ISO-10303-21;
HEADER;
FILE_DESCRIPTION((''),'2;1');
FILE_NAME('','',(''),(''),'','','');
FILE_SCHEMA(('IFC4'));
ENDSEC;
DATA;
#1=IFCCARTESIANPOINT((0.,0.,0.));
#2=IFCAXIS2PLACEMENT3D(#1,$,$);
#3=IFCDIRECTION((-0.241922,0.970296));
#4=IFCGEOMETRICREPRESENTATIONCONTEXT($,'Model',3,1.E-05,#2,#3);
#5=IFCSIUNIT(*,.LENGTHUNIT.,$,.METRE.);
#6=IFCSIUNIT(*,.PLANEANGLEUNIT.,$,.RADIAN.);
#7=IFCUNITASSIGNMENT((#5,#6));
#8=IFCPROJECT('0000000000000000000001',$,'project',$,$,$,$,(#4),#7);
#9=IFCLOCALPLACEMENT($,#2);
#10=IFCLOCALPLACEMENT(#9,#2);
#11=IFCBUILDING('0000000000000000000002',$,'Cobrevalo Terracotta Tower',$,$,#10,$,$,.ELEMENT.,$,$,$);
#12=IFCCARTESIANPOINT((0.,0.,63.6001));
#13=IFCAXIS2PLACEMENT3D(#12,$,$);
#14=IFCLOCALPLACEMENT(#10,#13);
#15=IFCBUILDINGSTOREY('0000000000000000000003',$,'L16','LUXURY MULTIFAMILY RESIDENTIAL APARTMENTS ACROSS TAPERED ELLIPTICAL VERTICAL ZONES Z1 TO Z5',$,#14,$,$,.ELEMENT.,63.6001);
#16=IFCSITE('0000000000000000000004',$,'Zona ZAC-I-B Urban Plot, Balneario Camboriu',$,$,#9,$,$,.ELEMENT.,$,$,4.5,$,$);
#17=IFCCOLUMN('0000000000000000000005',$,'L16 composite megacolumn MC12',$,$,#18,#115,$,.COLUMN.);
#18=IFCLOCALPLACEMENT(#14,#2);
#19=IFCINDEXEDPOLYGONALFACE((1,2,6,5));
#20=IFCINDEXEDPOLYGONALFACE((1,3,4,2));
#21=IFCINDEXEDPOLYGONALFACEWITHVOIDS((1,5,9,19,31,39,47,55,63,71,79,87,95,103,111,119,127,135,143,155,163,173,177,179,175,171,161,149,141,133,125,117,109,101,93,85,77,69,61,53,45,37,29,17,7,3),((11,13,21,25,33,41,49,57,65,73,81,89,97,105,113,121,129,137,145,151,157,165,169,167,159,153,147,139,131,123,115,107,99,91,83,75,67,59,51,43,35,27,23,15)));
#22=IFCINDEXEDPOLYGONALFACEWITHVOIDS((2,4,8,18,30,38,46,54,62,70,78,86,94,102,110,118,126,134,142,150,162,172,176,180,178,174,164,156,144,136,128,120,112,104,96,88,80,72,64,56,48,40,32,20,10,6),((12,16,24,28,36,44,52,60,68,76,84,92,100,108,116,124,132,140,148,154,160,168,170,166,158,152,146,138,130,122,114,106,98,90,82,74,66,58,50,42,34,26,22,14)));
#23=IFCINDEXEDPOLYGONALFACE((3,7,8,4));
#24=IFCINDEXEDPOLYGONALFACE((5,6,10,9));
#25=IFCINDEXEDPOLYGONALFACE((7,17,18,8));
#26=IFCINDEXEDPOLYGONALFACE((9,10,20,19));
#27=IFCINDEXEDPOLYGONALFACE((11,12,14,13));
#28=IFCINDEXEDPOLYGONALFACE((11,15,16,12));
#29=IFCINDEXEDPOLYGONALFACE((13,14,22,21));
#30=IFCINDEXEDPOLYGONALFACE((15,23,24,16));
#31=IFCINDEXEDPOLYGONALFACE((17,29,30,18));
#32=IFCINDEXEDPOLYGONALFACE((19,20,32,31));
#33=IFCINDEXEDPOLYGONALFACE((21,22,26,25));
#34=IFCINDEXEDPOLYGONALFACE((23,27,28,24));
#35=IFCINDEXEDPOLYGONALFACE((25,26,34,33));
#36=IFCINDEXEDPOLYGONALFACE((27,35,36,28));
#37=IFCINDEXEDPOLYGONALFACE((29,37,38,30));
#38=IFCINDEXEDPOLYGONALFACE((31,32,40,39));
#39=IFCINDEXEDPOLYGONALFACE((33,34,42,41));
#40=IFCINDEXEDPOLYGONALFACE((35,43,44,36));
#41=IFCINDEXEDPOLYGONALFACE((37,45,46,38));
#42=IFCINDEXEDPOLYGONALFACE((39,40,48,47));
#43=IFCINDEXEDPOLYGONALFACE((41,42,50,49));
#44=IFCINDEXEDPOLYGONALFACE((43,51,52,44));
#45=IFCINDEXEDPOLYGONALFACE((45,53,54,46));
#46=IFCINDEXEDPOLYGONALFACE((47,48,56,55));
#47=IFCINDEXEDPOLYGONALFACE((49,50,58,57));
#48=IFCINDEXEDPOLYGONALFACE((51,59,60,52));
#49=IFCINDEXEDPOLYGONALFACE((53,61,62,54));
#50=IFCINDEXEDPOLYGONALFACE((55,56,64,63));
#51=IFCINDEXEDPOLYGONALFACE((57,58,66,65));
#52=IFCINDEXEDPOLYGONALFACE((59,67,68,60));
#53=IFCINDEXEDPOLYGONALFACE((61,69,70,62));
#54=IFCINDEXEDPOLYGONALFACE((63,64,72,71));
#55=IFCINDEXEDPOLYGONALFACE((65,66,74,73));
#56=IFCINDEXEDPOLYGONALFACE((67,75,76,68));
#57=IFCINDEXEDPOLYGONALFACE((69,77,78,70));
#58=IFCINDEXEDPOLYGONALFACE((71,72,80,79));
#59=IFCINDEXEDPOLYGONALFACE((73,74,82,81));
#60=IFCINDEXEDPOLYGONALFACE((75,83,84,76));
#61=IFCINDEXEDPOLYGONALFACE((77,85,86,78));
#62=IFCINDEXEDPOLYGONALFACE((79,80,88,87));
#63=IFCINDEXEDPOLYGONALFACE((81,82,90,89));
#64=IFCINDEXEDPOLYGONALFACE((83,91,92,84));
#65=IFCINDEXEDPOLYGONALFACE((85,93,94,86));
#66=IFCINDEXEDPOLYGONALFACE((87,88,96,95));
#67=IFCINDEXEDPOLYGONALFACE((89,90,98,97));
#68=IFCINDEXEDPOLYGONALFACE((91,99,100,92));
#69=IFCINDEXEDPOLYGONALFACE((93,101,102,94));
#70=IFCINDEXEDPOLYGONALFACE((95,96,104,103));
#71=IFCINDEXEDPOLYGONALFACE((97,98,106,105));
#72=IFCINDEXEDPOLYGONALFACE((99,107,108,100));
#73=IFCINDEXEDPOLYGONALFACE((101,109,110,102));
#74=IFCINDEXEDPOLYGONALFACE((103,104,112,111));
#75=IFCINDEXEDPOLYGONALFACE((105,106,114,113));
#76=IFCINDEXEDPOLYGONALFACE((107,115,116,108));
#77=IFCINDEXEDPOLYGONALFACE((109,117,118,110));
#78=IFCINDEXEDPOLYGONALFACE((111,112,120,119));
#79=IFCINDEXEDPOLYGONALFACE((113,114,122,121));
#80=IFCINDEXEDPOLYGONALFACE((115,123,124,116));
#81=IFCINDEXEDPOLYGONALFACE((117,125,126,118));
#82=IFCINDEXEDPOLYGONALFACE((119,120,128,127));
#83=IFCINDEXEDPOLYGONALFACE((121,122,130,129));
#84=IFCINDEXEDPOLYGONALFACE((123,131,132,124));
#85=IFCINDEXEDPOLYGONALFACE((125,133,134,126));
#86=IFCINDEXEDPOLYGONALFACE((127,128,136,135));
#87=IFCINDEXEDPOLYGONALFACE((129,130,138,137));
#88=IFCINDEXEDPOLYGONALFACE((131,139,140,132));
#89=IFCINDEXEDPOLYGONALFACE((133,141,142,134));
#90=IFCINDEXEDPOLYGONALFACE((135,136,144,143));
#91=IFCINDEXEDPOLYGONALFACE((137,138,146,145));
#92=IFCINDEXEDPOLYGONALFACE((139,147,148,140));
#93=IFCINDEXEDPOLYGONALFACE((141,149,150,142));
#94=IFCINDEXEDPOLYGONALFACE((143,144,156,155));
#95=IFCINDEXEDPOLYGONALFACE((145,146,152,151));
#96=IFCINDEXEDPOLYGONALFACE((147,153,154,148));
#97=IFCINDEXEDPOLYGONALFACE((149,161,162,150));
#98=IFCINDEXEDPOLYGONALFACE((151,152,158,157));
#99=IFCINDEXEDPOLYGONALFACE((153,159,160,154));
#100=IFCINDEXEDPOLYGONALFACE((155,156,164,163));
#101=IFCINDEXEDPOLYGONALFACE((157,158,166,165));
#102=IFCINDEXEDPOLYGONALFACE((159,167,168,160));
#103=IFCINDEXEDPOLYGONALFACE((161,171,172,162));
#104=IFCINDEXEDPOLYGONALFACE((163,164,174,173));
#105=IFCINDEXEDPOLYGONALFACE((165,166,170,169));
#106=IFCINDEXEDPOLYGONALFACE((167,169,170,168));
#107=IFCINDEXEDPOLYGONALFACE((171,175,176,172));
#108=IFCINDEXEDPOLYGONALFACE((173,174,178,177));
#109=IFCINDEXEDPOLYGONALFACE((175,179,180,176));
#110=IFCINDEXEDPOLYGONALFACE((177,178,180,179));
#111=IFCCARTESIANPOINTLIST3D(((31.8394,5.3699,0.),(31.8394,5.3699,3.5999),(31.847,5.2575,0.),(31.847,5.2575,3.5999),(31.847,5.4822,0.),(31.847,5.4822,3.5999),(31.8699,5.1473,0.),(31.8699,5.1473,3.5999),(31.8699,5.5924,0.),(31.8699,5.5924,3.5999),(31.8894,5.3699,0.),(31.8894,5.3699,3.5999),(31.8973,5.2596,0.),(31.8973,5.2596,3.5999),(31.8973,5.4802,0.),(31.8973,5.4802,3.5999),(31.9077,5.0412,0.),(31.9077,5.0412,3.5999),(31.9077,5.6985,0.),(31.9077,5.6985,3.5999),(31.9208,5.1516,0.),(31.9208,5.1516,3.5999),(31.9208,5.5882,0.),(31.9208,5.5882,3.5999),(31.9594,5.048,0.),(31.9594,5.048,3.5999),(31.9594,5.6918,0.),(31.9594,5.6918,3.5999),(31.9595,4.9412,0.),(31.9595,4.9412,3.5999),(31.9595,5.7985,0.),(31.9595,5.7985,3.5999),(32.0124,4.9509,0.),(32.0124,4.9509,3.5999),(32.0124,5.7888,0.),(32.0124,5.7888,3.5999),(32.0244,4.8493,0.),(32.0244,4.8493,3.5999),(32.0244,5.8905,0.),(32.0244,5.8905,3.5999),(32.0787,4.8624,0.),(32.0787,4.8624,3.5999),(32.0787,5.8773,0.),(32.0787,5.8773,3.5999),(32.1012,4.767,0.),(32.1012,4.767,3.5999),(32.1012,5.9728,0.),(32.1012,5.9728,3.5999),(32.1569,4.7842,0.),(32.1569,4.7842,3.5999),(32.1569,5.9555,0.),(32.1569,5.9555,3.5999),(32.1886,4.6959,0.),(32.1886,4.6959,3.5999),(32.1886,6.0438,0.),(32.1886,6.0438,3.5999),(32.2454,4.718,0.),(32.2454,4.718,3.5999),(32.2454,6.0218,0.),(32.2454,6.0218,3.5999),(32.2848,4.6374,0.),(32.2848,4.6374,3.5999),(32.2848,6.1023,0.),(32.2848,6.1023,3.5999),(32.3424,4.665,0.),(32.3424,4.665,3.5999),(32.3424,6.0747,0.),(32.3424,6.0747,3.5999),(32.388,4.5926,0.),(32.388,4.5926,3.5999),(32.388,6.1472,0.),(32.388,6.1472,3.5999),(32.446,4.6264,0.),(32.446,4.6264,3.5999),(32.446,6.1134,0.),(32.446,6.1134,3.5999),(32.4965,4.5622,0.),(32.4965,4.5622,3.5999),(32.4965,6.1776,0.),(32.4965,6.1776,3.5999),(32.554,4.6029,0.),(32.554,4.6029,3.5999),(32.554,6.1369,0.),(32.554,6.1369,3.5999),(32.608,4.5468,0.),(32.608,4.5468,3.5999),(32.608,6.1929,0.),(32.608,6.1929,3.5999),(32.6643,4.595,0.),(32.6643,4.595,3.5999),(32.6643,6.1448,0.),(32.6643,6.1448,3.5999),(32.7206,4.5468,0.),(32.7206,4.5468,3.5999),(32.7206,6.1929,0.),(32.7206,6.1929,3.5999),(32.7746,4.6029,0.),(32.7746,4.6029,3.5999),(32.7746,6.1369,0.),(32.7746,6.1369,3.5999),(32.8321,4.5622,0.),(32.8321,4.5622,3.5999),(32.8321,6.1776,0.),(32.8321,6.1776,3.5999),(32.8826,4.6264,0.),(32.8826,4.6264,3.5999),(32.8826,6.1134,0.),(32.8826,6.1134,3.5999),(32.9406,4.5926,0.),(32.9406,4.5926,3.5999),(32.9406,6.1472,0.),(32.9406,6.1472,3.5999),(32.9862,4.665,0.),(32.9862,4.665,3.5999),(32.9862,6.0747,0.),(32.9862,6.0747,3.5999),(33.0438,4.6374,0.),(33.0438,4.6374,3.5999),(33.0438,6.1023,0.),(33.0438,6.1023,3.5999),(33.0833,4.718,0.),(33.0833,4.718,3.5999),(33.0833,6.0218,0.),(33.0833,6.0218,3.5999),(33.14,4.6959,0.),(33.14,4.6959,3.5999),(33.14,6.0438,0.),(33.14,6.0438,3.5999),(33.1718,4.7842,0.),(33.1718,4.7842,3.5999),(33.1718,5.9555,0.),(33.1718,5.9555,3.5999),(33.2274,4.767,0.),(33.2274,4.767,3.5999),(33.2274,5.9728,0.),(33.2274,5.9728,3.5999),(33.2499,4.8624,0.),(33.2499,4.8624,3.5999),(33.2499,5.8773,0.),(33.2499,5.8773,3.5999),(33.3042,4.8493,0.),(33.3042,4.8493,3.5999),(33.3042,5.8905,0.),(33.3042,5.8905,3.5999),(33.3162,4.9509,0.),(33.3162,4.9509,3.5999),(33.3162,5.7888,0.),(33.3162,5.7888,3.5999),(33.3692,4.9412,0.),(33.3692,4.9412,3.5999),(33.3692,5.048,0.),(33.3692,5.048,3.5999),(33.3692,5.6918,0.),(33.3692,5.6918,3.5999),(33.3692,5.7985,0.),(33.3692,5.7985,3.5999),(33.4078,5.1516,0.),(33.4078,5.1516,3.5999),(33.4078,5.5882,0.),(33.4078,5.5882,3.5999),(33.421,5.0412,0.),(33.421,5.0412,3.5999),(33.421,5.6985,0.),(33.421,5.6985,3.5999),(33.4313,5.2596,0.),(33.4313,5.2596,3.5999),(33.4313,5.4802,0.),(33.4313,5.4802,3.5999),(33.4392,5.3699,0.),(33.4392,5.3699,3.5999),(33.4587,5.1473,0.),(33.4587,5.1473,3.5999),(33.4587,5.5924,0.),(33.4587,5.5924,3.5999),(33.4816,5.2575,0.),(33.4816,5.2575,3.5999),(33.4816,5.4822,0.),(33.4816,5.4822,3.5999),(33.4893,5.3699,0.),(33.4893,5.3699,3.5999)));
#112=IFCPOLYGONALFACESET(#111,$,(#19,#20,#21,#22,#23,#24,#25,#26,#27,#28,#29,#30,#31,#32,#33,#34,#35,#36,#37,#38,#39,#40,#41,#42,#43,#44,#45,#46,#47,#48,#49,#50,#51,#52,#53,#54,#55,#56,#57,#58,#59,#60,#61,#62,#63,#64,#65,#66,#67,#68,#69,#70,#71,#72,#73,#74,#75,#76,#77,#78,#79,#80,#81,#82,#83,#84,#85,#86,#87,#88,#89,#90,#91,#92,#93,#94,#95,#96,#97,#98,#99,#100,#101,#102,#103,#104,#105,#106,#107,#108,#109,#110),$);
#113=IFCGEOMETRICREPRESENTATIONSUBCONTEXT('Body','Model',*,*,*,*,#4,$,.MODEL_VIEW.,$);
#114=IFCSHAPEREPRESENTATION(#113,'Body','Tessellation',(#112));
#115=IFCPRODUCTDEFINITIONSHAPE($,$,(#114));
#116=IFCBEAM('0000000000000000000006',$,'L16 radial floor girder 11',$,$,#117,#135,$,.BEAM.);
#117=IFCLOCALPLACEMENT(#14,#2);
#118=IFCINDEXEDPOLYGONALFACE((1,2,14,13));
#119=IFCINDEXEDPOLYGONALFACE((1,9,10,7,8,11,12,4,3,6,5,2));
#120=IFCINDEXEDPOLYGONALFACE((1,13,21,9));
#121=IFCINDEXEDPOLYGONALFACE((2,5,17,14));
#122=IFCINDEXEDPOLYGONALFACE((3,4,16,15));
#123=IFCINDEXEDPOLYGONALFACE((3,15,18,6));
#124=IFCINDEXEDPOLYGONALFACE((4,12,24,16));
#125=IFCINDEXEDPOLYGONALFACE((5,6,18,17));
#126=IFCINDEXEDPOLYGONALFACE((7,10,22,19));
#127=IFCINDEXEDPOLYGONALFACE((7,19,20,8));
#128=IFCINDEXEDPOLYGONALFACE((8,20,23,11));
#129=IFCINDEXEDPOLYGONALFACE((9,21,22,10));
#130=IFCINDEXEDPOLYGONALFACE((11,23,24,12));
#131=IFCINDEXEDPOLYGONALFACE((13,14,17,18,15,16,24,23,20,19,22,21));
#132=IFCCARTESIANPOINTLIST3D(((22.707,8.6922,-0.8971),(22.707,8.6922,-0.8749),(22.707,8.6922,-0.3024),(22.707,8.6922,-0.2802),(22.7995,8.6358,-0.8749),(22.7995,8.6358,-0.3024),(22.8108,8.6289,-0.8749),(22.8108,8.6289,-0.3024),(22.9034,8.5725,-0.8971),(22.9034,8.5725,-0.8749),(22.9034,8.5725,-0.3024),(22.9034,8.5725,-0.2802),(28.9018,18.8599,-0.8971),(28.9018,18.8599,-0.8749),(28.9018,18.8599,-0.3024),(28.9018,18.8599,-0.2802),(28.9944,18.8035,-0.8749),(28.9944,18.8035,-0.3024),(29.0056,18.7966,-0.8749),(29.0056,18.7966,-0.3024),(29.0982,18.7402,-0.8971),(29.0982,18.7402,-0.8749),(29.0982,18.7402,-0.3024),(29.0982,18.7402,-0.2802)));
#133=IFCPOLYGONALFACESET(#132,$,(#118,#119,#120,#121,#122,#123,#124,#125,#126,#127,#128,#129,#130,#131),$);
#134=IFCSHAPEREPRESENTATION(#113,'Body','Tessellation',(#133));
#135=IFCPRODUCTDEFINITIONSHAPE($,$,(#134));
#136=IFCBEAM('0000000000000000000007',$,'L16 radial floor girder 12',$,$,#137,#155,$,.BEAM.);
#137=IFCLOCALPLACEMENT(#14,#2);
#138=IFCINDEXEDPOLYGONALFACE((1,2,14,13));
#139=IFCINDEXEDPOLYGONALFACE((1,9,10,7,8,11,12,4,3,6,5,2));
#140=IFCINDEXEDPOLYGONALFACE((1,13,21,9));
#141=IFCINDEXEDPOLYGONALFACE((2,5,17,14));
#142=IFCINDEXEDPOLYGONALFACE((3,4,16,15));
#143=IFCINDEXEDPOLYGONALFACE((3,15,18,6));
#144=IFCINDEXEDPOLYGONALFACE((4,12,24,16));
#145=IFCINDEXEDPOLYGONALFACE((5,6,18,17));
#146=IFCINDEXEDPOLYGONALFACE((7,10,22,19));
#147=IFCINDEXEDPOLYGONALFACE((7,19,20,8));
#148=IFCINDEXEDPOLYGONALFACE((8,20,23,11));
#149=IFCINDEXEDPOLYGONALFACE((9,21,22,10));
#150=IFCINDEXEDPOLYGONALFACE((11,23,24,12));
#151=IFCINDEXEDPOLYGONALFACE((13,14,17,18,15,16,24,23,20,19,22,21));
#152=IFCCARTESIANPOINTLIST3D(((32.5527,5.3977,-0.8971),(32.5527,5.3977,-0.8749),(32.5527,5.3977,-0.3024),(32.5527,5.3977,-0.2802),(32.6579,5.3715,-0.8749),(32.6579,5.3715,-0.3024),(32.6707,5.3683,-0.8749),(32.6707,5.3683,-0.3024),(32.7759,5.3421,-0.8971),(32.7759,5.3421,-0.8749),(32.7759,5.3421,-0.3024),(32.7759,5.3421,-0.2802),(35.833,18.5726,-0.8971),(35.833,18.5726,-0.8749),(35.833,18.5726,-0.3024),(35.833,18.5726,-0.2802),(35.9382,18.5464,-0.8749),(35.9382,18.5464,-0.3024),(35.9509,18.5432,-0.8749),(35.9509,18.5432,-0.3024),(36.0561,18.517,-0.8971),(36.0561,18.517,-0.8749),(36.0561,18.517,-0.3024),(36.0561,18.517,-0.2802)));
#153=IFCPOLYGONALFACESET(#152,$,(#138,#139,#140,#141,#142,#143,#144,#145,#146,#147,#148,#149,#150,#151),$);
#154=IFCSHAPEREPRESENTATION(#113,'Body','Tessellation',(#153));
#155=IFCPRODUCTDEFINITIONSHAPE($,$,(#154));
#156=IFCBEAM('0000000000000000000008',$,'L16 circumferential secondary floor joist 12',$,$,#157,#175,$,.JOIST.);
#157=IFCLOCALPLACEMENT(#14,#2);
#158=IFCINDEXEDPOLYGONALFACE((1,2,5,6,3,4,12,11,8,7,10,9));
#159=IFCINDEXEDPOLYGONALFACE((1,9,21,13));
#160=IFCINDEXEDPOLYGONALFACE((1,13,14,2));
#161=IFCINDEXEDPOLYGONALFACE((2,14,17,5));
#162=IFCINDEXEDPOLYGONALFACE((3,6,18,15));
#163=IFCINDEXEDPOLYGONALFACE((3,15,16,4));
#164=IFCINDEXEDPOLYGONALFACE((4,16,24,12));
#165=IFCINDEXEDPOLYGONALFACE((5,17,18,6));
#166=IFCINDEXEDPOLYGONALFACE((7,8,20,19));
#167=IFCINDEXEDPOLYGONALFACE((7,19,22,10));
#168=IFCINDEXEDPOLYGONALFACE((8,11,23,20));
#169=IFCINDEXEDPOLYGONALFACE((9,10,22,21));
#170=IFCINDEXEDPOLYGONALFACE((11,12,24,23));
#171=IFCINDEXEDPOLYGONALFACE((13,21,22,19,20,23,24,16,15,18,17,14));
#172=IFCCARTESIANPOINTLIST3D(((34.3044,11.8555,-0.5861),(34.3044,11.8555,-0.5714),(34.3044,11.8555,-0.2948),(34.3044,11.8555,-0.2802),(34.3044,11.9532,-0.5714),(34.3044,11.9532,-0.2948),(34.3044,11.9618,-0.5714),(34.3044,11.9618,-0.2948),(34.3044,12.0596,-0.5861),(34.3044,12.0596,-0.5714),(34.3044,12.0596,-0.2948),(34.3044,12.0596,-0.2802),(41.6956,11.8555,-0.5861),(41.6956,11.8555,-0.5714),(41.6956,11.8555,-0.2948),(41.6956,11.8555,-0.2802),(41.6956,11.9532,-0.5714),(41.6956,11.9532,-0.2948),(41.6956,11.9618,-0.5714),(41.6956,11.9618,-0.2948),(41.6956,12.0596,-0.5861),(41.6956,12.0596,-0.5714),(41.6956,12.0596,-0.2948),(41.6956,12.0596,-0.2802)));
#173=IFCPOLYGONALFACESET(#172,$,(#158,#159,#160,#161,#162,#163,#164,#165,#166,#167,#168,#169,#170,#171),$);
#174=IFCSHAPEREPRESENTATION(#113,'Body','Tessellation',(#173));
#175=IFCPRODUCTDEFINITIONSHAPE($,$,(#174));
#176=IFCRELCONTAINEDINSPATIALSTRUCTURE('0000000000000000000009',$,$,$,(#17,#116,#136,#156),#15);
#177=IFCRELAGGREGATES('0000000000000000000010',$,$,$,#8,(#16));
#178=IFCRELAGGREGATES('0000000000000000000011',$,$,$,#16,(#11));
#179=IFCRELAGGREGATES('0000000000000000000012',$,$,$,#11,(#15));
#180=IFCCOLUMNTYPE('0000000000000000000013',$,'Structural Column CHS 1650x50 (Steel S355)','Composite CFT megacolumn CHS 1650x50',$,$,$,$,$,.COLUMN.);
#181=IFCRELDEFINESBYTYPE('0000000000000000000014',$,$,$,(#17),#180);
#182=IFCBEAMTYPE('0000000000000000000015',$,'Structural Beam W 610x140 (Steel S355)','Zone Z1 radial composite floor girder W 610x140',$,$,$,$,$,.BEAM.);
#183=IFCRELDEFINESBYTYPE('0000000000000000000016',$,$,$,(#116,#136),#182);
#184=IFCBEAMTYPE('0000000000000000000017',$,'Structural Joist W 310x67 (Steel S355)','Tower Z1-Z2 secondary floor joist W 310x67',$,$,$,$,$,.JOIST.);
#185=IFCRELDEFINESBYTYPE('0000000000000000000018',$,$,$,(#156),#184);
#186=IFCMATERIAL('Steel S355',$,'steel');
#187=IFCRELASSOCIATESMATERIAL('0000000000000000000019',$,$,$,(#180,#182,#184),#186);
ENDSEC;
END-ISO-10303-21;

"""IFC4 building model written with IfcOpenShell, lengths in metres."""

from ifc_helpers import new_model, si_unit, direction, frame, origin, origin_2d, place, context, subcontext, project, spatial, hollow_circle, i_section, extrude, material, material_profile, profile_set, type_object, element, save


model = new_model("IFC4")

# Units and contexts
model_context = context("Model", 3, precision=1e-05, world=origin(), true_north=direction((-0.241922, 0.970296)))
body_context = subcontext(model_context, "Body", "Model", "MODEL_VIEW")
ifc_project = project(units=[si_unit("LENGTHUNIT", "METRE"), si_unit("PLANEANGLEUNIT", "RADIAN")], contexts=[model_context])

# Site, building, storey
site_placement = place(None, origin())
site = spatial("IfcSite", under=ifc_project, at=site_placement, Name="Zona ZAC-I-B Urban Plot, Balneario Camboriu", CompositionType="ELEMENT", RefElevation=4.5)
building_placement = place(site_placement, origin())
building = spatial("IfcBuilding", under=site, at=building_placement, Name="Cobrevalo Terracotta Tower", CompositionType="ELEMENT")
storey_placement = place(building_placement, frame((0.0, 0.0, 63.6001)))
storey = spatial("IfcBuildingStorey", under=building, at=storey_placement, Name="L16", Description="LUXURY MULTIFAMILY RESIDENTIAL APARTMENTS ACROSS TAPERED ELLIPTICAL VERTICAL ZONES Z1 TO Z5", CompositionType="ELEMENT", Elevation=63.6001)

# Column
ifc_material_1 = material(Name="Steel S355", Category="steel")
ifc_material_profile_1 = material_profile(ifc_material_1, hollow_circle(Radius=0.825, WallThickness=0.05, at=origin_2d()), Name="CHS 1650x50")
ifc_profile_set_1 = profile_set([ifc_material_profile_1], Name="Steel S355")
column_type = type_object("IfcColumnType", Name="Structural Column CHS 1650x50 (Steel S355)", Description="Composite CFT megacolumn CHS 1650x50", PredefinedType="COLUMN", material=ifc_profile_set_1)
for number, where, z_axis, x_axis, name in (
    (1, (32.6643, 5.3699, 0.0), (0.0, 0.0, 1.0), (1.0, 0.0, 0.0), "L16 composite megacolumn MC12"),
):
    element("IfcColumn", number, at=place(storey_placement, frame(where, z_axis=z_axis, x_axis=x_axis)), inside=storey, type_object=column_type, Name=name, PredefinedType="COLUMN", context=body_context, shape_type="SweptSolid", body=[
        extrude(hollow_circle(Radius=0.825, WallThickness=0.05, at=origin_2d()), origin(), (0.0, 0.0, 1.0), 3.5999),
    ])

# Beams
ifc_material_profile_2 = material_profile(ifc_material_1, i_section(OverallWidth=0.23, OverallDepth=0.6169, WebThickness=0.0132, FlangeThickness=0.0222, at=origin_2d()), Name="W 610x140")
ifc_profile_set_2 = profile_set([ifc_material_profile_2], Name="Steel S355")
beam_type_1 = type_object("IfcBeamType", Name="Structural Beam W 610x140 (Steel S355)", Description="Zone Z1 radial composite floor girder W 610x140", PredefinedType="BEAM", material=ifc_profile_set_2)
beam_1_placement = place(storey_placement, frame((22.8052, 8.6323, -0.5886), z_axis=(0.520301, 0.853983, 0.0), x_axis=(-0.853983, 0.520301, 0.0)))
element("IfcBeam", 2, at=beam_1_placement, inside=storey, type_object=beam_type_1, Name="L16 radial floor girder 11", PredefinedType="BEAM", context=body_context, shape_type="SweptSolid", body=[
    extrude(i_section(OverallWidth=0.23, OverallDepth=0.6169, WebThickness=0.0132, FlangeThickness=0.0222, at=origin_2d()), origin(), (0.0, 0.0, 1.0), 11.9062),
])
beam_2_placement = place(storey_placement, frame((32.6643, 5.3699, -0.5886), z_axis=(0.2416, 0.970376, 0.0), x_axis=(-0.970376, 0.2416, 0.0)))
element("IfcBeam", 3, at=beam_2_placement, inside=storey, type_object=beam_type_1, Name="L16 radial floor girder 12", PredefinedType="BEAM", context=body_context, shape_type="SweptSolid", body=[
    extrude(i_section(OverallWidth=0.23, OverallDepth=0.6169, WebThickness=0.0132, FlangeThickness=0.0222, at=origin_2d()), origin(), (0.0, 0.0, 1.0), 13.5771),
])
ifc_material_profile_3 = material_profile(ifc_material_1, i_section(OverallWidth=0.2041, OverallDepth=0.3059, WebThickness=0.0085, FlangeThickness=0.0146, at=origin_2d()), Name="W 310x67")
ifc_profile_set_3 = profile_set([ifc_material_profile_3], Name="Steel S355")
beam_type_2 = type_object("IfcBeamType", Name="Structural Joist W 310x67 (Steel S355)", Description="Tower Z1-Z2 secondary floor joist W 310x67", PredefinedType="JOIST", material=ifc_profile_set_3)
beam_3_placement = place(storey_placement, frame((34.3044, 11.9575, -0.4331), z_axis=(1.0, 0.0, 0.0), x_axis=(0.0, 1.0, 0.0)))
element("IfcBeam", 4, at=beam_3_placement, inside=storey, type_object=beam_type_2, Name="L16 circumferential secondary floor joist 12", PredefinedType="JOIST", context=body_context, shape_type="SweptSolid", body=[
    extrude(i_section(OverallWidth=0.2041, OverallDepth=0.3059, WebThickness=0.0085, FlangeThickness=0.0146, at=origin_2d()), origin(), (0.0, 0.0, 1.0), 7.3911),
])

save(model, "model.ifc")
